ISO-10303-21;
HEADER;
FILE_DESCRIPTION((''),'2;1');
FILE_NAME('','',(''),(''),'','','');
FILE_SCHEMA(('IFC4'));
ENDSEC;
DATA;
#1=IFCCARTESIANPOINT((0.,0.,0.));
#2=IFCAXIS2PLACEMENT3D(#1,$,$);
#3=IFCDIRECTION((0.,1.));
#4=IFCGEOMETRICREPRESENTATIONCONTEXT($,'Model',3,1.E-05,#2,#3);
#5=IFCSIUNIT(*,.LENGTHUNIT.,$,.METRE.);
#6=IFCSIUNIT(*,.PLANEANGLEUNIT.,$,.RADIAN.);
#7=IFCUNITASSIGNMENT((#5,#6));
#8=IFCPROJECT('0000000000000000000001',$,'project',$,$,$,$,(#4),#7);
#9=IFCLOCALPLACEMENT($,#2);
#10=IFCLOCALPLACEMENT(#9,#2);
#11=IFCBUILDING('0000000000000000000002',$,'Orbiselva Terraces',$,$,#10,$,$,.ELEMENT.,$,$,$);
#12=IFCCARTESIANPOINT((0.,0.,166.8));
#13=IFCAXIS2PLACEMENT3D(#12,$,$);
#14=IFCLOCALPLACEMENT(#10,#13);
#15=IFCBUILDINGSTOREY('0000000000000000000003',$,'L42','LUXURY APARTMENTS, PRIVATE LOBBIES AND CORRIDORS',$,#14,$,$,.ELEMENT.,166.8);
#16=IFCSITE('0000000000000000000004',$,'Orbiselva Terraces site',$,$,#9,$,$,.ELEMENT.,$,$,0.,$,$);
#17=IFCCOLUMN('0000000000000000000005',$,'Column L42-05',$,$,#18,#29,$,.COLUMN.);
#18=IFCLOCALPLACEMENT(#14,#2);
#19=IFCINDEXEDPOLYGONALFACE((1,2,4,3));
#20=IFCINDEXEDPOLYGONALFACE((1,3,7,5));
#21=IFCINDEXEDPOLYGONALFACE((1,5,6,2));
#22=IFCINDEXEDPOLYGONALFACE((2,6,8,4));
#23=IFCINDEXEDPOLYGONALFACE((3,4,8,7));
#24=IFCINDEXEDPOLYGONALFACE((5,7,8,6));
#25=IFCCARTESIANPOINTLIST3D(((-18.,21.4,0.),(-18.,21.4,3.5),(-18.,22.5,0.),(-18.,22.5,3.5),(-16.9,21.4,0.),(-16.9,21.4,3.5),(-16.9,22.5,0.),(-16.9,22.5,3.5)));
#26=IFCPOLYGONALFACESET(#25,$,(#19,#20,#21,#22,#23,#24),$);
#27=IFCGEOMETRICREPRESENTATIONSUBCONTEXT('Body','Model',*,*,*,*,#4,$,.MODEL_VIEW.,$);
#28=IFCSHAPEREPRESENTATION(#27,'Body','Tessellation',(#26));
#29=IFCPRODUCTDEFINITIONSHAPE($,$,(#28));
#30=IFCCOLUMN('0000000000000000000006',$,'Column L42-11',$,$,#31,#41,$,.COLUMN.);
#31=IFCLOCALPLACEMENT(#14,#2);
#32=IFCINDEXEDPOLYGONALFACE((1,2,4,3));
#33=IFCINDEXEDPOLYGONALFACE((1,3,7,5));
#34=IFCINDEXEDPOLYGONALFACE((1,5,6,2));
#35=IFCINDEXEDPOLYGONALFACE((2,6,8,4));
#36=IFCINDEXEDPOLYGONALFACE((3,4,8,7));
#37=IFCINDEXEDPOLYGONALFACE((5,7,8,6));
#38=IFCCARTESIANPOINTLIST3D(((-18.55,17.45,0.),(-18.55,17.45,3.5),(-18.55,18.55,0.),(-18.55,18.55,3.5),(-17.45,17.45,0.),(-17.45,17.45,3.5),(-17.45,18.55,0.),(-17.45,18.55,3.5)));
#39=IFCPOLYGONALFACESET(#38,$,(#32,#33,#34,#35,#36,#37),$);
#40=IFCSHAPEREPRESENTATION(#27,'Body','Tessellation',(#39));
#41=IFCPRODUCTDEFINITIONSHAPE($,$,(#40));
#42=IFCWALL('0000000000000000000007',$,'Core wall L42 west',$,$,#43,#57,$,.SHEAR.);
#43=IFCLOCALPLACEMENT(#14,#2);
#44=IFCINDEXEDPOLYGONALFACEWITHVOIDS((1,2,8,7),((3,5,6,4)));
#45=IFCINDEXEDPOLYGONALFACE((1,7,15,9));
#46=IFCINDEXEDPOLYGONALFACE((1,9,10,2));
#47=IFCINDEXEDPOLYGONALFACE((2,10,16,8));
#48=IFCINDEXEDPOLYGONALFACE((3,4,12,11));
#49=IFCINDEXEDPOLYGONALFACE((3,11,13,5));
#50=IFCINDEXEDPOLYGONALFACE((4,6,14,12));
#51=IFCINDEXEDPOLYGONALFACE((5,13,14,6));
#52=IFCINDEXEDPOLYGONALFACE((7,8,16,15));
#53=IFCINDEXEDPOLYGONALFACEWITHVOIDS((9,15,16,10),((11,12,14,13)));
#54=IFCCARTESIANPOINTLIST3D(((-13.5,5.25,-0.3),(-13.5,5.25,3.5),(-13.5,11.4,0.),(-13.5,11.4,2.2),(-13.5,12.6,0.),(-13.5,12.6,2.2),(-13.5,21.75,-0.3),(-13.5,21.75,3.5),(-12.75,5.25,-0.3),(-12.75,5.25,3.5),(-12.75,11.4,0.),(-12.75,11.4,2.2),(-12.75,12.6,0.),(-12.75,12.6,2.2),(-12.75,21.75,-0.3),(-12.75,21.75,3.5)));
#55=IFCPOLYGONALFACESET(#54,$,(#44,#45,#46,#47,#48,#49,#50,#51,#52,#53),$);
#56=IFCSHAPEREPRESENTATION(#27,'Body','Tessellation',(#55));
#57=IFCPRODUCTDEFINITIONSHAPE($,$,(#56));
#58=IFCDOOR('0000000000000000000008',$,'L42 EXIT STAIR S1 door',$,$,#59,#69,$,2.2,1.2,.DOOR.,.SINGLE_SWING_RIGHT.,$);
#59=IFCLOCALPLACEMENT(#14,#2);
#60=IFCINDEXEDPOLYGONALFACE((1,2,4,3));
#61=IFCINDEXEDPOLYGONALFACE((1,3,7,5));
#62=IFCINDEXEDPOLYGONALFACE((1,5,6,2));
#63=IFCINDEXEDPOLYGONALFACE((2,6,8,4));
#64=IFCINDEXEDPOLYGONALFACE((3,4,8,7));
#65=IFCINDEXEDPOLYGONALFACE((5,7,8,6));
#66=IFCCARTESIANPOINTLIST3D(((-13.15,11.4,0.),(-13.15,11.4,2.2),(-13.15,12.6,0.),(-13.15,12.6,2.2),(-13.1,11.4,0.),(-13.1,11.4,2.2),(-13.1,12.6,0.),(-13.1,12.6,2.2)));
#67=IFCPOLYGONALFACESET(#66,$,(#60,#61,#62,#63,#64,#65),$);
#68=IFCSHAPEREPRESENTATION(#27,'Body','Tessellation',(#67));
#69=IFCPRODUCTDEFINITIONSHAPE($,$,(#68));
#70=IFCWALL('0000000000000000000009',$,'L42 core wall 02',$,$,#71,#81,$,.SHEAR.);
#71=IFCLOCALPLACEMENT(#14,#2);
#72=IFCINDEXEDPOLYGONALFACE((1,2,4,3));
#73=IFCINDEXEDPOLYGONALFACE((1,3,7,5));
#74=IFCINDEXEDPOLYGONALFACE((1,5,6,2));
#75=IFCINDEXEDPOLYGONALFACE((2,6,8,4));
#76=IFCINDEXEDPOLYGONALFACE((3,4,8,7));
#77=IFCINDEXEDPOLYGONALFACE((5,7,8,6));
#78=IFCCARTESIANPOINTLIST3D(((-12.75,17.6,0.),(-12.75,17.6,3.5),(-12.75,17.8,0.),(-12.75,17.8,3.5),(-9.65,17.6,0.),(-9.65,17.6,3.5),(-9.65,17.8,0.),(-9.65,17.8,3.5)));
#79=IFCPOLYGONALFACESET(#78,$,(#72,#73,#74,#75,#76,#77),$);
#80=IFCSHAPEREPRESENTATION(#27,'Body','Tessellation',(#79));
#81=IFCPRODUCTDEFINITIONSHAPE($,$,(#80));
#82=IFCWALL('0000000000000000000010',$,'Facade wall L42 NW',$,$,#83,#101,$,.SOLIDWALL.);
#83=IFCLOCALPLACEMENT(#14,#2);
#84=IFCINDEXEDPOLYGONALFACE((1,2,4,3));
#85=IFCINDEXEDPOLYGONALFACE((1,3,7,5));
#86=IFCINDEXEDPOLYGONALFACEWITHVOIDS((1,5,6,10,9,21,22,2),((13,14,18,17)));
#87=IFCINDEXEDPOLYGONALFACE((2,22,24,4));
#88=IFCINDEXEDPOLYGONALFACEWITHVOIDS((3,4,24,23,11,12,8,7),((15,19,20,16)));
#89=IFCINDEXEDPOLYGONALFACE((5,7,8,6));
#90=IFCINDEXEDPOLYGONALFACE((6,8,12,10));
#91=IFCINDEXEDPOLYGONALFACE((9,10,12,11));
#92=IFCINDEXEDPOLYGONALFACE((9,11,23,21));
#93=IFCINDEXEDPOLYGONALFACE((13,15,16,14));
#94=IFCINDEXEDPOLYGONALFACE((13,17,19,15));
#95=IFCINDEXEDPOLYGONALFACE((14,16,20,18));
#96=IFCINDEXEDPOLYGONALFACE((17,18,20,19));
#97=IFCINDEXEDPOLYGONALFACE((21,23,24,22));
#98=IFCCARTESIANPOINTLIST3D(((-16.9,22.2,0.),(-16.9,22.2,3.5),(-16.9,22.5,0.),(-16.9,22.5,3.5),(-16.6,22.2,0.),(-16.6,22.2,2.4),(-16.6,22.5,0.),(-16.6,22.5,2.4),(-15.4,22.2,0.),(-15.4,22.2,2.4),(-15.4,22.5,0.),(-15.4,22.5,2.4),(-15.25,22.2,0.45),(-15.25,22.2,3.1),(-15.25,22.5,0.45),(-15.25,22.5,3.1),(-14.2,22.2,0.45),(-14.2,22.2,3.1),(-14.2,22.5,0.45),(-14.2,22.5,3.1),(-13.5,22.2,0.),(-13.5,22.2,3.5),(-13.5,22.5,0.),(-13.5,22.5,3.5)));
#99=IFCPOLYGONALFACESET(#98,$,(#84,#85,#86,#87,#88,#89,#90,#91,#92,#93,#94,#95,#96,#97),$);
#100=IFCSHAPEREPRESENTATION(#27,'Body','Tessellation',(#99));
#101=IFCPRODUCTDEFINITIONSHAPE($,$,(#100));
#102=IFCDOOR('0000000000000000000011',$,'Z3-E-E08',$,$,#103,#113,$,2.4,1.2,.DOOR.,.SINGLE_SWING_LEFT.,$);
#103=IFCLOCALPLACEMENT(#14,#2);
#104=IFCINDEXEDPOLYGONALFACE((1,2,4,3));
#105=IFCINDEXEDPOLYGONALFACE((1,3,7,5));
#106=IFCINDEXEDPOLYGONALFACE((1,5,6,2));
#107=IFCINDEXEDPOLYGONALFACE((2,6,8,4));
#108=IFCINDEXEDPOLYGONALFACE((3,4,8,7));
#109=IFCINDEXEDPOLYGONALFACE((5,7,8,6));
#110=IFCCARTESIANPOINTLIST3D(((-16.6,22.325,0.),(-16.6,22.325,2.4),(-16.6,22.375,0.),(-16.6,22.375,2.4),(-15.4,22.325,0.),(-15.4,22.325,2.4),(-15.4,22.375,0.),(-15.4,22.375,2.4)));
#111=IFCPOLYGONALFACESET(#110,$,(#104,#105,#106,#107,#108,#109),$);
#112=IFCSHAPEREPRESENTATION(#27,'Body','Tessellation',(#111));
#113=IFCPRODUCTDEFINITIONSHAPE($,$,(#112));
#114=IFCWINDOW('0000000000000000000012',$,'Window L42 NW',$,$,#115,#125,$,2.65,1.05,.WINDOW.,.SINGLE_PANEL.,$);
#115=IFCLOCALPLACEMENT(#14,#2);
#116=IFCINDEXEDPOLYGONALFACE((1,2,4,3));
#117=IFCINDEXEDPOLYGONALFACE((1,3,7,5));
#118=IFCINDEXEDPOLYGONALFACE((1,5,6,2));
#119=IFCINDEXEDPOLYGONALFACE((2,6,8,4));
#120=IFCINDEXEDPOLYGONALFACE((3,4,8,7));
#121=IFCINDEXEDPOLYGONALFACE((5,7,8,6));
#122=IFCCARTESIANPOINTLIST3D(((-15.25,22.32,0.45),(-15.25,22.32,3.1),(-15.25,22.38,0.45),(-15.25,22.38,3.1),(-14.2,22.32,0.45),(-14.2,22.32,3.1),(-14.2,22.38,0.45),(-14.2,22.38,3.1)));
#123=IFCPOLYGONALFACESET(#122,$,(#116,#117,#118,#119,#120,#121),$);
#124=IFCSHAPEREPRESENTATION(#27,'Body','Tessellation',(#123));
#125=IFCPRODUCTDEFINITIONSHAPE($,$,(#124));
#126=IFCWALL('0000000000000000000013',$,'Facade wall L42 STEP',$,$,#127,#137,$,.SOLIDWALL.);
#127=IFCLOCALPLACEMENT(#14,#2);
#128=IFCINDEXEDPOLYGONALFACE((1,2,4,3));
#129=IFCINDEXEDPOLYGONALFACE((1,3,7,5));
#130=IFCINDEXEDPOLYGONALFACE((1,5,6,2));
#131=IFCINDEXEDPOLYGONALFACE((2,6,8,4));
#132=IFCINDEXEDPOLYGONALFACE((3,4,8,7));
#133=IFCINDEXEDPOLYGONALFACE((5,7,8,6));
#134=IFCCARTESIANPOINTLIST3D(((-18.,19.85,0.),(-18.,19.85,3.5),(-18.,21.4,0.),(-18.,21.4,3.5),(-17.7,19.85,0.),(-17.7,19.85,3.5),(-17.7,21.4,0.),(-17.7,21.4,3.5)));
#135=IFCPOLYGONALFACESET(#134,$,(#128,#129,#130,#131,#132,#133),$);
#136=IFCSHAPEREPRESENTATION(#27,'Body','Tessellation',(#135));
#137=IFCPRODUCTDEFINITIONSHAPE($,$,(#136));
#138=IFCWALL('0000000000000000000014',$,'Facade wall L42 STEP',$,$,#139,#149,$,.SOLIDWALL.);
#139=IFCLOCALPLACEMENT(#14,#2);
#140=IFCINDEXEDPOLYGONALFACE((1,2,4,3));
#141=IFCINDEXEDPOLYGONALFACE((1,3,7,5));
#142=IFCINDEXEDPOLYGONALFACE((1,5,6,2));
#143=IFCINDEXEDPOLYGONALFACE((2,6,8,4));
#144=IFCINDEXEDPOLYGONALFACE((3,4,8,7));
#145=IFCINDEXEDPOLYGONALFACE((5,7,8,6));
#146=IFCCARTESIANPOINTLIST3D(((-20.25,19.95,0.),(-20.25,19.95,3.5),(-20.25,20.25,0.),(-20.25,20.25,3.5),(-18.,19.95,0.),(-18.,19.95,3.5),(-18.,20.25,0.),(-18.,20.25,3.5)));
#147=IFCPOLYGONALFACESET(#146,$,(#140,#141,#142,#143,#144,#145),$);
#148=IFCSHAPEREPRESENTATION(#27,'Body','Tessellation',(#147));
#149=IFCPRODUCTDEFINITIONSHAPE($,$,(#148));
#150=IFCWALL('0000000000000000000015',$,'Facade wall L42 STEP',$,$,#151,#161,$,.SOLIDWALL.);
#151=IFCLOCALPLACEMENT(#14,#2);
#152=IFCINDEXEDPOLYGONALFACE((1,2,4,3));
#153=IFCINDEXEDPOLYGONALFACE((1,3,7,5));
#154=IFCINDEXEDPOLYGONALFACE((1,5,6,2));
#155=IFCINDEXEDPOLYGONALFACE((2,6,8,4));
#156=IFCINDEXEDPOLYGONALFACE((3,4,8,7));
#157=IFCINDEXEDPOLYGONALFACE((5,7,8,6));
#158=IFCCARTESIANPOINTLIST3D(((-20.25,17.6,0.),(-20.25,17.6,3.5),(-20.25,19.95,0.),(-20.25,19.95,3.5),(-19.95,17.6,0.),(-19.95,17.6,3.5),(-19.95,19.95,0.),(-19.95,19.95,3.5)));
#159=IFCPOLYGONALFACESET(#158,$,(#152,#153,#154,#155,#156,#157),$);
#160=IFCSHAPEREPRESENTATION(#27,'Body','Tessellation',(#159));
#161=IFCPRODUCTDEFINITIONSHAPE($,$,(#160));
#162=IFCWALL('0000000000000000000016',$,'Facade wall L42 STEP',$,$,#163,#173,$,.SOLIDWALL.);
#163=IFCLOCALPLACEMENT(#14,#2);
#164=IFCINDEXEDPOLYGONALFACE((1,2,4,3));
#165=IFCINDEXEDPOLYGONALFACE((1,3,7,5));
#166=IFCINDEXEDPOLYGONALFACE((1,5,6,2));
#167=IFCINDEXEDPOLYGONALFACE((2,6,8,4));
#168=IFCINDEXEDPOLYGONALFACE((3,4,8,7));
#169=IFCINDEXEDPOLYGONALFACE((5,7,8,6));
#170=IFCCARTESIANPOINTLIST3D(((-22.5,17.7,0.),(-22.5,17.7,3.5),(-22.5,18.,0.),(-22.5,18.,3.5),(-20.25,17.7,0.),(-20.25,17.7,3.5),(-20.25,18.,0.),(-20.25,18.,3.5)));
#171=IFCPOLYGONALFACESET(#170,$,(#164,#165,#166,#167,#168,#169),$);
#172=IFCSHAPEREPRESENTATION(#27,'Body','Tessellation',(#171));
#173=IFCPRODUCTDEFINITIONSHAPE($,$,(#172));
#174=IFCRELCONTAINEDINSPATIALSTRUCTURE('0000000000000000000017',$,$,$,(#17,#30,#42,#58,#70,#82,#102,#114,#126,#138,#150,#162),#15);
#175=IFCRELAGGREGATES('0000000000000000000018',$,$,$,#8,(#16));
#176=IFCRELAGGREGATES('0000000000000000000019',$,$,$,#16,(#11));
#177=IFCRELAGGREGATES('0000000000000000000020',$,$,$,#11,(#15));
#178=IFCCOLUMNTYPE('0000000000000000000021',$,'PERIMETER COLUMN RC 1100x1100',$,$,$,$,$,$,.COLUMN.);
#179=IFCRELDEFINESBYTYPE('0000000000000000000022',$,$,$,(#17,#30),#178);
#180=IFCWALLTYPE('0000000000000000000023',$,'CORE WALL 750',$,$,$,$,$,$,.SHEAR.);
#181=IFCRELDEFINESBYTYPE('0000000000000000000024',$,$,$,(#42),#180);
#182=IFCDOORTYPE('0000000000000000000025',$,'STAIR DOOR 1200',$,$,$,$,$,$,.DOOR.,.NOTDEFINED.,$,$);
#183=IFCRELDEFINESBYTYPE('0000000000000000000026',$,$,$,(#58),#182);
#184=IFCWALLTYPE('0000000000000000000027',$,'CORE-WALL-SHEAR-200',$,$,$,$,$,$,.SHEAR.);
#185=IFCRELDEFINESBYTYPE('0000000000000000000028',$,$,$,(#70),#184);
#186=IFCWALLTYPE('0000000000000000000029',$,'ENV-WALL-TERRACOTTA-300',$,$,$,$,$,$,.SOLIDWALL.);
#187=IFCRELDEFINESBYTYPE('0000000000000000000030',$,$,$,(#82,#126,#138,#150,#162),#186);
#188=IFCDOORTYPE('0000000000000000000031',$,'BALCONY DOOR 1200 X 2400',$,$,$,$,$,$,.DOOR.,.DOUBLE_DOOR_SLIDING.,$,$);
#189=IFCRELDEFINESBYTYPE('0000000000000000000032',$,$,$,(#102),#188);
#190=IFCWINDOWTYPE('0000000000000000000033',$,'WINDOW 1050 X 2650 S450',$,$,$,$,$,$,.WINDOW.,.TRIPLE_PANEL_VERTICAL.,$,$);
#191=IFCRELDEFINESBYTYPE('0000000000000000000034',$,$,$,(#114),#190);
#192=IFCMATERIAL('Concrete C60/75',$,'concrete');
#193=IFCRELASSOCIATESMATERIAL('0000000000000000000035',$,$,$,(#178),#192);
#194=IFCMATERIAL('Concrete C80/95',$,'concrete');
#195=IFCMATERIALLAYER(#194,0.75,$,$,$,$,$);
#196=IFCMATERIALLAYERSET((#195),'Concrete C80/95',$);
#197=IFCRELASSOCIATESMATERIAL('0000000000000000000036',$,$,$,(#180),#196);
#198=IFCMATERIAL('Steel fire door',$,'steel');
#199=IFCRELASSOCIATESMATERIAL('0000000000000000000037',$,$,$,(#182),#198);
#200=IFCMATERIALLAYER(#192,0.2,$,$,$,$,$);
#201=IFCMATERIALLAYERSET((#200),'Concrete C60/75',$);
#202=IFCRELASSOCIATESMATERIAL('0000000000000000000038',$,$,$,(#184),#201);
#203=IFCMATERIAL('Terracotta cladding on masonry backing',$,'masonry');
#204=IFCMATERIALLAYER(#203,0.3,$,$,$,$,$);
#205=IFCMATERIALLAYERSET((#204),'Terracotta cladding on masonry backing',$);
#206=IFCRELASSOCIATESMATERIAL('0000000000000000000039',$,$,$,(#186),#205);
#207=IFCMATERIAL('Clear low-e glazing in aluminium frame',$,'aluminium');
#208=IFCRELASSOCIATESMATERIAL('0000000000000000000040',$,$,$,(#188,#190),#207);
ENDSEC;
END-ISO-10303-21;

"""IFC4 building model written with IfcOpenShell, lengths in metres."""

from ifc_helpers import new_model, si_unit, direction, frame, frame_2d, origin, origin_2d, place, context, subcontext, project, spatial, rectangle, extrude, material, layer, layer_set, material_profile, profile_set, type_object, element, fill, save


model = new_model("IFC4")

# Units and contexts
model_context = context("Model", 3, precision=1e-05, world=origin(), true_north=direction((0.0, 1.0)))
body_context = subcontext(model_context, "Body", "Model", "MODEL_VIEW")
ifc_project = project(units=[si_unit("LENGTHUNIT", "METRE"), si_unit("PLANEANGLEUNIT", "RADIAN")], contexts=[model_context])

# Site, building, storey
site_placement = place(None, origin())
site = spatial("IfcSite", under=ifc_project, at=site_placement, Name="Orbiselva Terraces site", CompositionType="ELEMENT", RefElevation=0.0)
building_placement = place(site_placement, origin())
building = spatial("IfcBuilding", under=site, at=building_placement, Name="Orbiselva Terraces", CompositionType="ELEMENT")
storey_placement = place(building_placement, frame((0.0, 0.0, 166.8)))
storey = spatial("IfcBuildingStorey", under=building, at=storey_placement, Name="L42", Description="LUXURY APARTMENTS, PRIVATE LOBBIES AND CORRIDORS", CompositionType="ELEMENT", Elevation=166.8)

# Columns
ifc_material_1 = material(Name="Concrete C60/75", Category="concrete")
ifc_material_profile = material_profile(ifc_material_1, rectangle(XDim=1.1, YDim=1.1, at=origin_2d()), Name="RC 1100x1100")
ifc_profile_set = profile_set([ifc_material_profile], Name="Concrete C60/75")
column_type = type_object("IfcColumnType", Name="PERIMETER COLUMN RC 1100x1100", PredefinedType="COLUMN", material=ifc_profile_set)
for number, where, z_axis, x_axis, name in (
    (1, (-17.45, 21.95, 0.0), (0.0, 0.0, 1.0), (1.0, 0.0, 0.0), "Column L42-05"),
    (2, (-18.0, 18.0, 0.0), (0.0, 0.0, 1.0), (1.0, 0.0, 0.0), "Column L42-11"),
):
    element("IfcColumn", number, at=place(storey_placement, frame(where, z_axis=z_axis, x_axis=x_axis)), inside=storey, type_object=column_type, Name=name, PredefinedType="COLUMN", context=body_context, shape_type="SweptSolid", body=[
        extrude(rectangle(XDim=1.1, YDim=1.1, at=origin_2d()), origin(), (0.0, 0.0, 1.0), 3.5),
    ])

# Wall, opening, door
ifc_material_2 = material(Name="Concrete C80/95", Category="concrete")
ifc_layer_1 = layer(ifc_material_2, 0.75)
ifc_layer_set_1 = layer_set([ifc_layer_1], Name="Concrete C80/95")
wall_type_1 = type_object("IfcWallType", Name="CORE WALL 750", PredefinedType="SHEAR", material=ifc_layer_set_1)
wall_1_placement = place(storey_placement, frame((-13.125, 21.75, -0.3), z_axis=(0.0, 0.0, 1.0), x_axis=(0.0, -1.0, 0.0)))
wall_1 = element("IfcWall", 3, at=wall_1_placement, inside=storey, type_object=wall_type_1, Name="Core wall L42 west", PredefinedType="SHEAR", context=body_context, shape_type="SweptSolid", body=[
    extrude(rectangle(XDim=16.5, YDim=0.75, at=frame_2d((8.25, 0.0))), origin(), (0.0, 0.0, 1.0), 3.8),
])
opening_1_placement = place(wall_1_placement, frame((9.15, 0.0, 0.3)))
opening_1 = element("IfcOpeningElement", 4, at=opening_1_placement, cuts=wall_1, PredefinedType="OPENING", context=body_context, shape_type="SweptSolid", body=[
    extrude(rectangle(XDim=1.2, YDim=2.2, at=frame_2d((0.6, 1.1))), frame((0.0, 0.385, 0.0), z_axis=(0.0, -1.0, 0.0), x_axis=(1.0, 0.0, 0.0)), (0.0, 0.0, 1.0), 0.77),
])
ifc_material_3 = material(Name="Steel fire door", Category="steel")
door_type_1 = type_object("IfcDoorType", Name="STAIR DOOR 1200", OperationType="NOTDEFINED", PredefinedType="DOOR", material=ifc_material_3)
door_1_placement = place(opening_1_placement, frame((1.2, 0.0, 0.0), z_axis=(0.0, 0.0, 1.0), x_axis=(-1.0, 0.0, 0.0)))
door_1 = element("IfcDoor", 5, at=door_1_placement, inside=storey, type_object=door_type_1, Name="L42 EXIT STAIR S1 door", OperationType="SINGLE_SWING_RIGHT", OverallHeight=2.2, OverallWidth=1.2, PredefinedType="DOOR", context=body_context, shape_type="SweptSolid", body=[
    extrude(rectangle(XDim=1.2, YDim=2.2, at=frame_2d((0.6, 1.1))), frame((0.0, 0.025, 0.0), z_axis=(0.0, -1.0, 0.0), x_axis=(1.0, 0.0, 0.0)), (0.0, 0.0, 1.0), 0.05),
])
fill(opening_1, door_1)

# Wall
ifc_layer_2 = layer(ifc_material_1, 0.2)
ifc_layer_set_2 = layer_set([ifc_layer_2], Name="Concrete C60/75")
wall_type_2 = type_object("IfcWallType", Name="CORE-WALL-SHEAR-200", PredefinedType="SHEAR", material=ifc_layer_set_2)
wall_2_placement = place(storey_placement, frame((-12.75, 17.7, 0.0), z_axis=(0.0, 0.0, 1.0), x_axis=(1.0, 0.0, 0.0)))
element("IfcWall", 6, at=wall_2_placement, inside=storey, type_object=wall_type_2, Name="L42 core wall 02", PredefinedType="SHEAR", context=body_context, shape_type="SweptSolid", body=[
    extrude(rectangle(XDim=3.1, YDim=0.2, at=frame_2d((1.55, 0.0))), origin(), (0.0, 0.0, 1.0), 3.5),
])

# Wall, openings, door, window
ifc_material_4 = material(Name="Terracotta cladding on masonry backing", Category="masonry")
ifc_layer_3 = layer(ifc_material_4, 0.3)
ifc_layer_set_3 = layer_set([ifc_layer_3], Name="Terracotta cladding on masonry backing")
wall_type_3 = type_object("IfcWallType", Name="ENV-WALL-TERRACOTTA-300", PredefinedType="SOLIDWALL", material=ifc_layer_set_3)
wall_3_placement = place(storey_placement, frame((-16.9, 22.35, 0.0), z_axis=(0.0, 0.0, 1.0), x_axis=(1.0, 0.0, 0.0)))
wall_3 = element("IfcWall", 7, at=wall_3_placement, inside=storey, type_object=wall_type_3, Name="Facade wall L42 NW", PredefinedType="SOLIDWALL", context=body_context, shape_type="SweptSolid", body=[
    extrude(rectangle(XDim=3.4, YDim=0.3, at=frame_2d((1.7, 0.0))), origin(), (0.0, 0.0, 1.0), 3.5),
])
opening_2_placement = place(wall_3_placement, frame((1.65, 0.0, 0.45)))
opening_2 = element("IfcOpeningElement", 8, at=opening_2_placement, cuts=wall_3, PredefinedType="OPENING", context=body_context, shape_type="SweptSolid", body=[
    extrude(rectangle(XDim=1.05, YDim=2.65, at=frame_2d((0.525, 1.325))), frame((0.0, 0.16, 0.0), z_axis=(0.0, -1.0, 0.0), x_axis=(1.0, 0.0, 0.0)), (0.0, 0.0, 1.0), 0.32),
])
opening_3_placement = place(wall_3_placement, frame((0.3, 0.0, 0.0)))
opening_3 = element("IfcOpeningElement", 9, at=opening_3_placement, cuts=wall_3, PredefinedType="OPENING", context=body_context, shape_type="SweptSolid", body=[
    extrude(rectangle(XDim=1.2, YDim=2.4, at=frame_2d((0.6, 1.2))), frame((0.0, 0.16, 0.0), z_axis=(0.0, -1.0, 0.0), x_axis=(1.0, 0.0, 0.0)), (0.0, 0.0, 1.0), 0.32),
])
ifc_material_5 = material(Name="Clear low-e glazing in aluminium frame", Category="aluminium")
door_type_2 = type_object("IfcDoorType", Name="BALCONY DOOR 1200 X 2400", OperationType="DOUBLE_DOOR_SLIDING", PredefinedType="DOOR", material=ifc_material_5)
door_2_placement = place(opening_3_placement, origin())
door_2 = element("IfcDoor", 10, at=door_2_placement, inside=storey, type_object=door_type_2, Name="Z3-E-E08", OperationType="SINGLE_SWING_LEFT", OverallHeight=2.4, OverallWidth=1.2, PredefinedType="DOOR", context=body_context, shape_type="SweptSolid", body=[
    extrude(rectangle(XDim=1.2, YDim=2.4, at=frame_2d((0.6, 1.2))), frame((0.0, 0.025, 0.0), z_axis=(0.0, -1.0, 0.0), x_axis=(1.0, 0.0, 0.0)), (0.0, 0.0, 1.0), 0.05),
])
fill(opening_3, door_2)
window_type = type_object("IfcWindowType", Name="WINDOW 1050 X 2650 S450", PartitioningType="TRIPLE_PANEL_VERTICAL", PredefinedType="WINDOW", material=ifc_material_5)
window_placement = place(opening_2_placement, origin())
window = element("IfcWindow", 11, at=window_placement, inside=storey, type_object=window_type, Name="Window L42 NW", OverallHeight=2.65, OverallWidth=1.05, PartitioningType="SINGLE_PANEL", PredefinedType="WINDOW", context=body_context, shape_type="SweptSolid", body=[
    extrude(rectangle(XDim=1.05, YDim=2.65, at=frame_2d((0.525, 1.325))), frame((0.0, 0.03, 0.0), z_axis=(0.0, -1.0, 0.0), x_axis=(1.0, 0.0, 0.0)), (0.0, 0.0, 1.0), 0.06),
])
fill(opening_2, window)

# Walls
wall_4_placement = place(storey_placement, frame((-17.85, 19.85, 0.0), z_axis=(0.0, 0.0, 1.0), x_axis=(0.0, 1.0, 0.0)))
element("IfcWall", 12, at=wall_4_placement, inside=storey, type_object=wall_type_3, Name="Facade wall L42 STEP", PredefinedType="SOLIDWALL", context=body_context, shape_type="SweptSolid", body=[
    extrude(rectangle(XDim=1.55, YDim=0.3, at=frame_2d((0.775, 0.0))), origin(), (0.0, 0.0, 1.0), 3.5),
])
wall_5_placement = place(storey_placement, frame((-20.25, 20.1, 0.0), z_axis=(0.0, 0.0, 1.0), x_axis=(1.0, 0.0, 0.0)))
element("IfcWall", 13, at=wall_5_placement, inside=storey, type_object=wall_type_3, Name="Facade wall L42 STEP", PredefinedType="SOLIDWALL", context=body_context, shape_type="SweptSolid", body=[
    extrude(rectangle(XDim=2.25, YDim=0.3, at=frame_2d((1.125, 0.0))), origin(), (0.0, 0.0, 1.0), 3.5),
])
wall_6_placement = place(storey_placement, frame((-20.1, 17.6, 0.0), z_axis=(0.0, 0.0, 1.0), x_axis=(0.0, 1.0, 0.0)))
element("IfcWall", 14, at=wall_6_placement, inside=storey, type_object=wall_type_3, Name="Facade wall L42 STEP", PredefinedType="SOLIDWALL", context=body_context, shape_type="SweptSolid", body=[
    extrude(rectangle(XDim=2.35, YDim=0.3, at=frame_2d((1.175, 0.0))), origin(), (0.0, 0.0, 1.0), 3.5),
])
wall_7_placement = place(storey_placement, frame((-22.5, 17.85, 0.0), z_axis=(0.0, 0.0, 1.0), x_axis=(1.0, 0.0, 0.0)))
element("IfcWall", 15, at=wall_7_placement, inside=storey, type_object=wall_type_3, Name="Facade wall L42 STEP", PredefinedType="SOLIDWALL", context=body_context, shape_type="SweptSolid", body=[
    extrude(rectangle(XDim=2.25, YDim=0.3, at=frame_2d((1.125, 0.0))), origin(), (0.0, 0.0, 1.0), 3.5),
])

save(model, "model.ifc")
